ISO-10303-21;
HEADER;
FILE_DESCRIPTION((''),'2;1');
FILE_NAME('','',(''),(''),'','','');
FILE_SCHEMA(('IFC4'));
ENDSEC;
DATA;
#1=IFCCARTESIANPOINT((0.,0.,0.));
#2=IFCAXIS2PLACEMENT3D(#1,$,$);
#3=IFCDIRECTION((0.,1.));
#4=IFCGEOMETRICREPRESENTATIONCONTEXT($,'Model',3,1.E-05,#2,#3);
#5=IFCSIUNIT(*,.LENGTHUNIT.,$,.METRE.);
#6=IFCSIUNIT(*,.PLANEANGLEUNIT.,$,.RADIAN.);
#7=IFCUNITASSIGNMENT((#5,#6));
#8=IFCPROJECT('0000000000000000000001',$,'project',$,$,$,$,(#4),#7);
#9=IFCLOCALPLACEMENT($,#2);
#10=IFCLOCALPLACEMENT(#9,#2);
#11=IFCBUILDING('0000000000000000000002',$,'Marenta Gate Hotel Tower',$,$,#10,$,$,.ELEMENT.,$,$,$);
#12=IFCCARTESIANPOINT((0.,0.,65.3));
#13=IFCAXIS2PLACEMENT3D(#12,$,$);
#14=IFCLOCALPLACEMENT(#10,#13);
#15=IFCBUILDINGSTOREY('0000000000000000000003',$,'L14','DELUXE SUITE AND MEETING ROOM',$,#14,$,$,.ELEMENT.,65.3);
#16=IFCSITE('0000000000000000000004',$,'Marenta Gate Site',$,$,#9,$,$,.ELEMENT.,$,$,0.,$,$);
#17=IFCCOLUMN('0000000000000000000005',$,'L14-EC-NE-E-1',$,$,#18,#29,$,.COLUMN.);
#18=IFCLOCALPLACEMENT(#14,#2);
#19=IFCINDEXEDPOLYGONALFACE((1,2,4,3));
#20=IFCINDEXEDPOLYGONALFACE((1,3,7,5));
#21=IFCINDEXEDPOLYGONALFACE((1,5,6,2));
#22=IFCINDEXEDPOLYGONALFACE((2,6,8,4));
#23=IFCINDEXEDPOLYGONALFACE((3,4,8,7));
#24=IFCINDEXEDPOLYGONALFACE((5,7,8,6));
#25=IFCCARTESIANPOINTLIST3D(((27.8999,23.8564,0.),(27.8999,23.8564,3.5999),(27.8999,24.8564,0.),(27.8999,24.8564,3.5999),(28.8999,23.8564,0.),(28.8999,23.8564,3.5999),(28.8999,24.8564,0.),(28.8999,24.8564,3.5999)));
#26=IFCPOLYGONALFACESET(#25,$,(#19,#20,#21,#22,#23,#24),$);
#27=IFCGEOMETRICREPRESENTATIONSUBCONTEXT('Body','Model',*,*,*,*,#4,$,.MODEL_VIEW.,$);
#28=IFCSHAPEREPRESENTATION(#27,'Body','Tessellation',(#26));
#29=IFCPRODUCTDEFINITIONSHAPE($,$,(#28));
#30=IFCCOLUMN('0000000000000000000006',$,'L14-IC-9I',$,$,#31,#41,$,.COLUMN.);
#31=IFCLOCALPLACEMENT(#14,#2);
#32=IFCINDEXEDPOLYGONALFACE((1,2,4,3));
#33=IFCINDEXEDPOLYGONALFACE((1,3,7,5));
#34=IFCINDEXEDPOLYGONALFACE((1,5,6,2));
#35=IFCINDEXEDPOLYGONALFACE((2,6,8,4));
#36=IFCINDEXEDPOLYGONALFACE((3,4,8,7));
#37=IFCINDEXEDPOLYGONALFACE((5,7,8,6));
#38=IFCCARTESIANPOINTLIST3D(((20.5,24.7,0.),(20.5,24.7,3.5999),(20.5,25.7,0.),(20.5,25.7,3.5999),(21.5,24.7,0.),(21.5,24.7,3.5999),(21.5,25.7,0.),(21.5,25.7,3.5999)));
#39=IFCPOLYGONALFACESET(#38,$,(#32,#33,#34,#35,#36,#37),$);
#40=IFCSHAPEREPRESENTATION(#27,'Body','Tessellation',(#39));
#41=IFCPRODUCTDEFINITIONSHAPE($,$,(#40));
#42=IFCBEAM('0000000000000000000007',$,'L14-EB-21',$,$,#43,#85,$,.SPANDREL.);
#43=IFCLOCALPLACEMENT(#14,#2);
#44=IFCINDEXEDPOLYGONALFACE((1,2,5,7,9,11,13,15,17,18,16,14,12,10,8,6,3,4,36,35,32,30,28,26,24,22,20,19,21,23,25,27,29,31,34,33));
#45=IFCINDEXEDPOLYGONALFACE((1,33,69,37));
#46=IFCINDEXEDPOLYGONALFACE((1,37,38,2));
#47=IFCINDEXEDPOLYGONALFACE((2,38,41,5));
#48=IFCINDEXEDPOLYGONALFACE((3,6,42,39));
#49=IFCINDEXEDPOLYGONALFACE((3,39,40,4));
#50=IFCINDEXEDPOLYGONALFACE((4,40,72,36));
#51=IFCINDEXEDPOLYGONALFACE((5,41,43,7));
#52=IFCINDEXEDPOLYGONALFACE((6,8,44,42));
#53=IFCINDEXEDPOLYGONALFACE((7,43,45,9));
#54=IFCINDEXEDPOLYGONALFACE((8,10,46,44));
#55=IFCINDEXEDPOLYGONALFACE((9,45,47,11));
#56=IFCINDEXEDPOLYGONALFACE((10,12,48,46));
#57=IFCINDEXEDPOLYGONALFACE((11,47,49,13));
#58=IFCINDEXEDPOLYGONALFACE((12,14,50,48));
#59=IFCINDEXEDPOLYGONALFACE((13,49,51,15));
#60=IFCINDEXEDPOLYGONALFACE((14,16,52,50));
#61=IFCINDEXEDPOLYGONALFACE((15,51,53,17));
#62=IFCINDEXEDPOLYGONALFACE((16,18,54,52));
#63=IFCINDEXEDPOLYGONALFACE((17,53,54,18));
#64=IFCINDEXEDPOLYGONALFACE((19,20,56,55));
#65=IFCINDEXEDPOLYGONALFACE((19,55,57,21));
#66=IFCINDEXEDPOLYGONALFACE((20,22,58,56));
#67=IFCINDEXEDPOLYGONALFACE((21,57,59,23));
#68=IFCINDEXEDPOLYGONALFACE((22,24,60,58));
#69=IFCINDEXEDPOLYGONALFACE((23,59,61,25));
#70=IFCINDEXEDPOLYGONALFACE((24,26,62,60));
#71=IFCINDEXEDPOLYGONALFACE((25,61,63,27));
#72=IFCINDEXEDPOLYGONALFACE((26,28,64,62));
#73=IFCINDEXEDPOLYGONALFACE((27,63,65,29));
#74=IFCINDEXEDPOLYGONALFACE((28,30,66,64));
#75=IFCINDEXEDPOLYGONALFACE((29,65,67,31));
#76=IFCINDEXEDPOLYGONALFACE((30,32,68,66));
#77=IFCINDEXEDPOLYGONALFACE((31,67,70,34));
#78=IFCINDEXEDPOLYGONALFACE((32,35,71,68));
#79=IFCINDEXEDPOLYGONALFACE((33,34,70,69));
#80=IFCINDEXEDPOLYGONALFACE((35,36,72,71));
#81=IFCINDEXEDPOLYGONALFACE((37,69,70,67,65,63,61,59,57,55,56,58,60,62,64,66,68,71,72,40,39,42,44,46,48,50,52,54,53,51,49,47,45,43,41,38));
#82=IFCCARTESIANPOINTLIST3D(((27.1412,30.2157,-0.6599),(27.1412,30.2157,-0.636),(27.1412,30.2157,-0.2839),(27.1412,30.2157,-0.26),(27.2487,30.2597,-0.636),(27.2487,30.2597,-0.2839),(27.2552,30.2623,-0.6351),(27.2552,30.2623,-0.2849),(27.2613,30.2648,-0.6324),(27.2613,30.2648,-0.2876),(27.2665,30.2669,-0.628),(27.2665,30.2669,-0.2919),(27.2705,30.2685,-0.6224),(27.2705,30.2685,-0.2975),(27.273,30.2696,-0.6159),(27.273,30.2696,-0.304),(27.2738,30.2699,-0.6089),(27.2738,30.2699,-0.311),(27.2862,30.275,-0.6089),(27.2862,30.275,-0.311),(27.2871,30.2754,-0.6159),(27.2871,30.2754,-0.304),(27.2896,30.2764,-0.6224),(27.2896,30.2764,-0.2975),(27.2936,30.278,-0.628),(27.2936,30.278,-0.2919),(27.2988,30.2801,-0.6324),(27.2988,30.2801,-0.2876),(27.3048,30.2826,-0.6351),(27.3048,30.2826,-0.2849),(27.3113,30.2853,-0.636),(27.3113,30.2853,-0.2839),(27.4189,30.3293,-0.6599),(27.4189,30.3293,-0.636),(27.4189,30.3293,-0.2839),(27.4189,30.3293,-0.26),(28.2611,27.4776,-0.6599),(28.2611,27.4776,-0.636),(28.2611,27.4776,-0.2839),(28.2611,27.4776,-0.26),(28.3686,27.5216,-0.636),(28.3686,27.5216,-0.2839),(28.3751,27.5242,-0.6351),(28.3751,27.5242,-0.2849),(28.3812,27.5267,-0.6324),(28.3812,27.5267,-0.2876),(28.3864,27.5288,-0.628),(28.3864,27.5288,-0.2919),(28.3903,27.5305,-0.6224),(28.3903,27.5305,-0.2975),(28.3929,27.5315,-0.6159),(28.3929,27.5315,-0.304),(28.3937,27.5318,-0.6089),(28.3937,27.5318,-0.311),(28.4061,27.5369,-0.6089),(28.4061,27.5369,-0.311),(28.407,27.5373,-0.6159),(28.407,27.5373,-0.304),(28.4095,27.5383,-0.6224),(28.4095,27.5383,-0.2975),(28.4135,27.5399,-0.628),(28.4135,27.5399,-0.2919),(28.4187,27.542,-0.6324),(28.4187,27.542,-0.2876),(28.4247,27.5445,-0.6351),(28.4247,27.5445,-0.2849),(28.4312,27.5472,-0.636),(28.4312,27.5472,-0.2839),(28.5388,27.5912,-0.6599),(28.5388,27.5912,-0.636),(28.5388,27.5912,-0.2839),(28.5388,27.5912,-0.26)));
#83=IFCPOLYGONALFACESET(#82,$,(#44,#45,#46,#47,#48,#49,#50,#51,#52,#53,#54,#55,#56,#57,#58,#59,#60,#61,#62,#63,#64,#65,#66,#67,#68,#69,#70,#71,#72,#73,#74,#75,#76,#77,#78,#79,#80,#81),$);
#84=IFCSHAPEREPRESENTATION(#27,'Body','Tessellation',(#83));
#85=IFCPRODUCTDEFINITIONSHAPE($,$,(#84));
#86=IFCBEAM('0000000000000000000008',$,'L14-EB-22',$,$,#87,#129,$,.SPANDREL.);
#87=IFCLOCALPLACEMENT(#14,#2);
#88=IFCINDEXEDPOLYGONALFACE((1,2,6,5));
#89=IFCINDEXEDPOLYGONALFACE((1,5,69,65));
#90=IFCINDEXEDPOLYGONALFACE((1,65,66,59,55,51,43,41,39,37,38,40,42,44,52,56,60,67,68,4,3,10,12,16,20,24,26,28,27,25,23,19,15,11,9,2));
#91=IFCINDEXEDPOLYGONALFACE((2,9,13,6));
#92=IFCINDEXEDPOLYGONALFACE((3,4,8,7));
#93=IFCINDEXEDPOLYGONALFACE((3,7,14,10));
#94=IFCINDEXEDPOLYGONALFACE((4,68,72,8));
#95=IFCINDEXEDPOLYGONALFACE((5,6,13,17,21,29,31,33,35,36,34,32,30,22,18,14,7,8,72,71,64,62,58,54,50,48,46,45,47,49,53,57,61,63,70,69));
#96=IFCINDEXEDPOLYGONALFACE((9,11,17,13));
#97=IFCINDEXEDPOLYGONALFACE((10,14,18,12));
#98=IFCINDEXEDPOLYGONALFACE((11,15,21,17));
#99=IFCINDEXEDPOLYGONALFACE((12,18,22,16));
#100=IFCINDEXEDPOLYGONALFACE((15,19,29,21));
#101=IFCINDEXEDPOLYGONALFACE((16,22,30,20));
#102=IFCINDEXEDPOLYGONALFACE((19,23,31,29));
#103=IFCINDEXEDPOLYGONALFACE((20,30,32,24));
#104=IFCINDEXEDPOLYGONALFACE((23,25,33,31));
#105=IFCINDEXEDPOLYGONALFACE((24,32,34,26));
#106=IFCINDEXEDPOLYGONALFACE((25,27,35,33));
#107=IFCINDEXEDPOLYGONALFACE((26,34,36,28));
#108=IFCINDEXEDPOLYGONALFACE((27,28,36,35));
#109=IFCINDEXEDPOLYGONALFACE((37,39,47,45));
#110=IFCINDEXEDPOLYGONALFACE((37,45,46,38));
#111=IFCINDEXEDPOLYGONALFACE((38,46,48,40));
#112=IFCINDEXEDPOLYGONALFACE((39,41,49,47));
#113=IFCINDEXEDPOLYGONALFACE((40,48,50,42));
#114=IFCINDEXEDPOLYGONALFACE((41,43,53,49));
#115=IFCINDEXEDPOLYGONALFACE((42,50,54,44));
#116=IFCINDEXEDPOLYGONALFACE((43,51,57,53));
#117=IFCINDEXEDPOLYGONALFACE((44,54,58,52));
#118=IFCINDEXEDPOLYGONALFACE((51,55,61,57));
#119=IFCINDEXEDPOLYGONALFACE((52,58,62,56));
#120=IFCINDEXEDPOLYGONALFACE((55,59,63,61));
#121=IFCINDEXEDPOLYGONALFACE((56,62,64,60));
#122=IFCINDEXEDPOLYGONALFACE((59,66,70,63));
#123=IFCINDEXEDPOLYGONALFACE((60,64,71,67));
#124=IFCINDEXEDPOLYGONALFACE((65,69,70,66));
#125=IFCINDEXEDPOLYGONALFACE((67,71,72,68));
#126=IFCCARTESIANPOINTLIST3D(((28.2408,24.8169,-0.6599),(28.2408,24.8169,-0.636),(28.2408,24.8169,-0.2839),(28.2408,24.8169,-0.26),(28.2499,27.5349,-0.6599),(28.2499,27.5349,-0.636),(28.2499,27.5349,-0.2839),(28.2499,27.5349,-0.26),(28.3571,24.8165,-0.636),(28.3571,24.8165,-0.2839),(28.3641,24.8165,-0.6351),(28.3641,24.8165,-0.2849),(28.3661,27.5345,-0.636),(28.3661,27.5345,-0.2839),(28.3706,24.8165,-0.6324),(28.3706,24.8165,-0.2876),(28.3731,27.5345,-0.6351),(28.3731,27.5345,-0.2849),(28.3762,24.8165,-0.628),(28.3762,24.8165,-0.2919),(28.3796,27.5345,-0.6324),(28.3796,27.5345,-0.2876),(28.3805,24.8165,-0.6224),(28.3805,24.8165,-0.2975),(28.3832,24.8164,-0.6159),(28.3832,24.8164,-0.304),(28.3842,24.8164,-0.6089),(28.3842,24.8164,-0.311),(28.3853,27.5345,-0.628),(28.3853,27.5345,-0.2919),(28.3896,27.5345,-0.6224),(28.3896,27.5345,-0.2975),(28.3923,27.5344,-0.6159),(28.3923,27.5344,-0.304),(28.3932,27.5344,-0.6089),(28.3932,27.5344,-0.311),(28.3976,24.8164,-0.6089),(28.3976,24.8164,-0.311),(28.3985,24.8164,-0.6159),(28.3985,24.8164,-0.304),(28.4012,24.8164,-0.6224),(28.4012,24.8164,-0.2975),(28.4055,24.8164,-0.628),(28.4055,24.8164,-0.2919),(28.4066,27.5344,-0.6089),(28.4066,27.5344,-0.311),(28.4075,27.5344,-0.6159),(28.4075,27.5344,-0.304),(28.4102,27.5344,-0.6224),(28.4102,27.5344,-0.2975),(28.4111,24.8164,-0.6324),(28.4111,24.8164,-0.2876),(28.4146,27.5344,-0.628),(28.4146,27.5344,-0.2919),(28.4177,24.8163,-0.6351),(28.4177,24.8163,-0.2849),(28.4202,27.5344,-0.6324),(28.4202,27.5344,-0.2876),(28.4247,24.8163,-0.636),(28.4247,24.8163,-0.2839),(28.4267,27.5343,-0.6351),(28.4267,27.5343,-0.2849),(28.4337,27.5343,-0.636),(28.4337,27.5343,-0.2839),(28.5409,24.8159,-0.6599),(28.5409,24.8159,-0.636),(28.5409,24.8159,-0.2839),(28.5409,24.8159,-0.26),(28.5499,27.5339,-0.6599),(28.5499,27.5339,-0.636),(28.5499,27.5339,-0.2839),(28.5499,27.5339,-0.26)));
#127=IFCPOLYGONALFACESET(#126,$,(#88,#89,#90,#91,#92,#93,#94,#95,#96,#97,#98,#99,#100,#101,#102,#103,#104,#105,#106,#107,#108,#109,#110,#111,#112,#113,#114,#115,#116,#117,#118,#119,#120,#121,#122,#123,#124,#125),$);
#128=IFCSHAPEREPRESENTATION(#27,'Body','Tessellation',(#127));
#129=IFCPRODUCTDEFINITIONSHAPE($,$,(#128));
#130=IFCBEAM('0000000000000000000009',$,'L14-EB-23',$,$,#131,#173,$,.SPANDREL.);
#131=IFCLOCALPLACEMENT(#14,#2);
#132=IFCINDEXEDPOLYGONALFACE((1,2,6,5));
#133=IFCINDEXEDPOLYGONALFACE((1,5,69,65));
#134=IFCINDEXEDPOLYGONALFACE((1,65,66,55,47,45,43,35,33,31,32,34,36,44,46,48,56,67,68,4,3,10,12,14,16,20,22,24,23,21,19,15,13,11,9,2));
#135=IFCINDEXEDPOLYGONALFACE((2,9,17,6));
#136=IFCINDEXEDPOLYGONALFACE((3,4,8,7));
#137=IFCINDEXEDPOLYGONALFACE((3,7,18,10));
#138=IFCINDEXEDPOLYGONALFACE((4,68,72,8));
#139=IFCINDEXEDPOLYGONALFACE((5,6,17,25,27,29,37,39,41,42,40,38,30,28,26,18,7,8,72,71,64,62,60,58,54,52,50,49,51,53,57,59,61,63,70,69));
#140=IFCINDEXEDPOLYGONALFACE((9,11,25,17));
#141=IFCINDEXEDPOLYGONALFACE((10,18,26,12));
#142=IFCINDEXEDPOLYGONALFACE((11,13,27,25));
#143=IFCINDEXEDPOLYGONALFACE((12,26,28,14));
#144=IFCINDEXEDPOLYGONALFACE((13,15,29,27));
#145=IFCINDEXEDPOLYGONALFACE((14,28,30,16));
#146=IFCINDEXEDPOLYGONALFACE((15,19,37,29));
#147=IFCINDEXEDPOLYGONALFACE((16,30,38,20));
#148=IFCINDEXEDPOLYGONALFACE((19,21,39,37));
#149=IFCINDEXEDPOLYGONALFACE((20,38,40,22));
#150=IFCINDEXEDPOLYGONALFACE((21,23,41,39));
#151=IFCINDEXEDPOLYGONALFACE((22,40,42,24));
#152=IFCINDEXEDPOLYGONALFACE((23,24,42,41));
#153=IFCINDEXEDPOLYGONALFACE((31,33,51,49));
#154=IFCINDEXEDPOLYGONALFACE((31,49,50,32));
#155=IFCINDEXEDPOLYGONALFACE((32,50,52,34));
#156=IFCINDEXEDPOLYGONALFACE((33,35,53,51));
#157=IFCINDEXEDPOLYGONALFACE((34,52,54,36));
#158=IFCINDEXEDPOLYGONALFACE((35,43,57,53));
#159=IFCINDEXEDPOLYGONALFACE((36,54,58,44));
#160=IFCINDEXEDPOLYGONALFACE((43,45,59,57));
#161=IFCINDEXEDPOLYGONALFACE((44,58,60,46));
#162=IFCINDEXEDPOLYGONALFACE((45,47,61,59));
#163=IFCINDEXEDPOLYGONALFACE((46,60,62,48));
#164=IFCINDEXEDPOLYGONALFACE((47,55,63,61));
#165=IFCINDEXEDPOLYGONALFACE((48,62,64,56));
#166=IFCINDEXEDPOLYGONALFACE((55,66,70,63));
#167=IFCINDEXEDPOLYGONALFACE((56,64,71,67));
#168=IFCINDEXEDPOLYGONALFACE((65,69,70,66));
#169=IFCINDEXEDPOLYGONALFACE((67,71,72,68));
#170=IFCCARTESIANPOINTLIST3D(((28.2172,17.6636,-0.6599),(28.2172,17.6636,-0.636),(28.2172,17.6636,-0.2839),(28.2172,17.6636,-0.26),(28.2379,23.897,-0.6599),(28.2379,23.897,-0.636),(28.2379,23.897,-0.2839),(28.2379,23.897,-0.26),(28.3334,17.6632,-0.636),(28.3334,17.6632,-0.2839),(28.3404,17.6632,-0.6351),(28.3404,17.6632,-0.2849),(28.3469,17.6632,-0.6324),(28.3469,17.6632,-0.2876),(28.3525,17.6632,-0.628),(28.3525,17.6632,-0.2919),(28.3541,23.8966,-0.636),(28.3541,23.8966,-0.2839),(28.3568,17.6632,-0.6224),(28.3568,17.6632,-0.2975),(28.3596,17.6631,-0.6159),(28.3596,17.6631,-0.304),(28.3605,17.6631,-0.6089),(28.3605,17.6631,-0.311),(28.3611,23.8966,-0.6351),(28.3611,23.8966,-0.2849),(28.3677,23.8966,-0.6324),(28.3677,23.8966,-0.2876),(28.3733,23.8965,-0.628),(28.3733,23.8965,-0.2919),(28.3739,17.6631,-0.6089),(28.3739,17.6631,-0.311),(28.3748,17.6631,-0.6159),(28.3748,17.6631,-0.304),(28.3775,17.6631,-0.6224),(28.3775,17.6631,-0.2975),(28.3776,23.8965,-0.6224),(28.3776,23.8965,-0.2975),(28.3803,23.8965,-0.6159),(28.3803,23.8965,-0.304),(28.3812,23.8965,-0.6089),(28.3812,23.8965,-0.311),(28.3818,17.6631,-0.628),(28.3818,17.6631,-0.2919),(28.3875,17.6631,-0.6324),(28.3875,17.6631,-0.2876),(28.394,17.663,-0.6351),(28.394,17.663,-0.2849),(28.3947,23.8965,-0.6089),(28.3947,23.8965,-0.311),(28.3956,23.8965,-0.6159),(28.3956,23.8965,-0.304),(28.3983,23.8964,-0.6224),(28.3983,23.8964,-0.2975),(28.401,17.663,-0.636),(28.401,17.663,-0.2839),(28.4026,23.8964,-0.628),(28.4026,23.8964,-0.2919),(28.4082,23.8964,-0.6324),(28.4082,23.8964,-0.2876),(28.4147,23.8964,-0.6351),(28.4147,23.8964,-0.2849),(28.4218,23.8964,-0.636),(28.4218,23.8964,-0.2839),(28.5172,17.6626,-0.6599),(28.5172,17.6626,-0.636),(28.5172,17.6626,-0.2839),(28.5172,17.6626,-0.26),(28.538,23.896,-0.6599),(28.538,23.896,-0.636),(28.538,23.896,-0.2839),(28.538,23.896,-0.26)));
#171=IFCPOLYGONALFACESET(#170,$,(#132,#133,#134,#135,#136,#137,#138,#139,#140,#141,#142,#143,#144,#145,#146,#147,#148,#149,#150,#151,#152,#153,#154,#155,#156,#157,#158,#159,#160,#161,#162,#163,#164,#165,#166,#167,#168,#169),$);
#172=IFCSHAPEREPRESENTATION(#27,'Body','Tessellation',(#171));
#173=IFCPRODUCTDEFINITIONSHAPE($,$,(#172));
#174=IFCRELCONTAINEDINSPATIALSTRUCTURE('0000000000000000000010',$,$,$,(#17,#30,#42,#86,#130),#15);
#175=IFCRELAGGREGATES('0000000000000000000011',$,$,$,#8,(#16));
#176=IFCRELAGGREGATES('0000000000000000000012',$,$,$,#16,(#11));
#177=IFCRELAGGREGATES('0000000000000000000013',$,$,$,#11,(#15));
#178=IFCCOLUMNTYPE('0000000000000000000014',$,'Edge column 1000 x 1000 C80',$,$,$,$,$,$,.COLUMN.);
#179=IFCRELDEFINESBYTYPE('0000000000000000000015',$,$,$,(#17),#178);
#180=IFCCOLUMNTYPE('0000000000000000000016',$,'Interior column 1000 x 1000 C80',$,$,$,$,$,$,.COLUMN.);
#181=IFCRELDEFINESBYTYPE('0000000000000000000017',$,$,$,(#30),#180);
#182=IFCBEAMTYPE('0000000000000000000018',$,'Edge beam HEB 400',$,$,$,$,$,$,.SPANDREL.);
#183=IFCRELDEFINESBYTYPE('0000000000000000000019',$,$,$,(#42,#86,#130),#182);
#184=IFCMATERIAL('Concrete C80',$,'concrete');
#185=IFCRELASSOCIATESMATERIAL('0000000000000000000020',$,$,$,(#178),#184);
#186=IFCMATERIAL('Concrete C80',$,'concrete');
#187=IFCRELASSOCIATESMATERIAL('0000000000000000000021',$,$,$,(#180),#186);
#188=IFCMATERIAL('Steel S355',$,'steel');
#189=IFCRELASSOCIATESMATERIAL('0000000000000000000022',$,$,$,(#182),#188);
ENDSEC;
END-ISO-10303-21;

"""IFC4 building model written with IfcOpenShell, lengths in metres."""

from ifc_helpers import new_model, si_unit, direction, frame, origin, origin_2d, place, context, subcontext, project, spatial, rectangle, i_section, extrude, material, material_profile, profile_set, type_object, element, save


model = new_model("IFC4")

# Units and contexts
model_context = context("Model", 3, precision=1e-05, world=origin(), true_north=direction((0.0, 1.0)))
body_context = subcontext(model_context, "Body", "Model", "MODEL_VIEW")
ifc_project = project(units=[si_unit("LENGTHUNIT", "METRE"), si_unit("PLANEANGLEUNIT", "RADIAN")], contexts=[model_context])

# Site, building, storey
site_placement = place(None, origin())
site = spatial("IfcSite", under=ifc_project, at=site_placement, Name="Marenta Gate Site", CompositionType="ELEMENT", RefElevation=0.0)
building_placement = place(site_placement, origin())
building = spatial("IfcBuilding", under=site, at=building_placement, Name="Marenta Gate Hotel Tower", CompositionType="ELEMENT")
storey_placement = place(building_placement, frame((0.0, 0.0, 65.3)))
storey = spatial("IfcBuildingStorey", under=building, at=storey_placement, Name="L14", Description="DELUXE SUITE AND MEETING ROOM", CompositionType="ELEMENT", Elevation=65.3)

# Columns
ifc_material_1 = material(Name="Concrete C80", Category="concrete")
ifc_material_profile_1 = material_profile(ifc_material_1, rectangle(XDim=1.0, YDim=1.0, at=origin_2d()), Name="1000 x 1000")
ifc_profile_set_1 = profile_set([ifc_material_profile_1], Name="Concrete C80")
column_type_1 = type_object("IfcColumnType", Name="Edge column 1000 x 1000 C80", PredefinedType="COLUMN", material=ifc_profile_set_1)
column_1_placement = place(storey_placement, frame((28.3999, 24.3564, 0.0), z_axis=(0.0, 0.0, 1.0), x_axis=(1.0, 0.0, 0.0)))
element("IfcColumn", 1, at=column_1_placement, inside=storey, type_object=column_type_1, Name="L14-EC-NE-E-1", PredefinedType="COLUMN", context=body_context, shape_type="SweptSolid", body=[
    extrude(rectangle(XDim=1.0, YDim=1.0, at=origin_2d()), origin(), (0.0, 0.0, 1.0), 3.5999),
])
ifc_material_2 = material(Name="Concrete C80", Category="concrete")
ifc_material_profile_2 = material_profile(ifc_material_2, rectangle(XDim=1.0, YDim=1.0, at=origin_2d()), Name="1000 x 1000")
ifc_profile_set_2 = profile_set([ifc_material_profile_2], Name="Concrete C80")
column_type_2 = type_object("IfcColumnType", Name="Interior column 1000 x 1000 C80", PredefinedType="COLUMN", material=ifc_profile_set_2)
column_2_placement = place(storey_placement, frame((21.0, 25.2, 0.0), z_axis=(0.0, 0.0, 1.0), x_axis=(1.0, 0.0, 0.0)))
element("IfcColumn", 2, at=column_2_placement, inside=storey, type_object=column_type_2, Name="L14-IC-9I", PredefinedType="COLUMN", context=body_context, shape_type="SweptSolid", body=[
    extrude(rectangle(XDim=1.0, YDim=1.0, at=origin_2d()), origin(), (0.0, 0.0, 1.0), 3.5999),
])

# Beams
ifc_material_3 = material(Name="Steel S355", Category="steel")
ifc_material_profile_3 = material_profile(ifc_material_3, i_section(OverallWidth=0.3, OverallDepth=0.3999, WebThickness=0.0134, FlangeThickness=0.0239, FilletRadius=0.0271, at=origin_2d()), Name="HEB 400")
ifc_profile_set_3 = profile_set([ifc_material_profile_3], Name="Steel S355")
beam_type_1 = type_object("IfcBeamType", Name="Edge beam HEB 400", PredefinedType="SPANDREL", material=ifc_profile_set_3)
beam_1_placement = place(storey_placement, frame((27.28, 30.2725, -0.46), z_axis=(0.378565, -0.925575, 0.0), x_axis=(0.925575, 0.378565, 0.0)))
element("IfcBeam", 3, at=beam_1_placement, inside=storey, type_object=beam_type_1, Name="L14-EB-21", PredefinedType="SPANDREL", context=body_context, shape_type="SweptSolid", body=[
    extrude(i_section(OverallWidth=0.3, OverallDepth=0.3999, WebThickness=0.0134, FlangeThickness=0.0239, FilletRadius=0.0271, at=origin_2d()), origin(), (0.0, 0.0, 1.0), 2.9583),
])
beam_2_placement = place(storey_placement, frame((28.3999, 27.5344, -0.46), z_axis=(-0.003323, -0.999994, 0.0), x_axis=(0.999994, -0.003323, 0.0)))
element("IfcBeam", 4, at=beam_2_placement, inside=storey, type_object=beam_type_1, Name="L14-EB-22", PredefinedType="SPANDREL", context=body_context, shape_type="SweptSolid", body=[
    extrude(i_section(OverallWidth=0.3, OverallDepth=0.3999, WebThickness=0.0134, FlangeThickness=0.0239, FilletRadius=0.0271, at=origin_2d()), origin(), (0.0, 0.0, 1.0), 2.718),
])
beam_3_placement = place(storey_placement, frame((28.3879, 23.8965, -0.46), z_axis=(-0.003329, -0.999994, 0.0), x_axis=(0.999994, -0.003329, 0.0)))
element("IfcBeam", 5, at=beam_3_placement, inside=storey, type_object=beam_type_1, Name="L14-EB-23", PredefinedType="SPANDREL", context=body_context, shape_type="SweptSolid", body=[
    extrude(i_section(OverallWidth=0.3, OverallDepth=0.3999, WebThickness=0.0134, FlangeThickness=0.0239, FilletRadius=0.0271, at=origin_2d()), origin(), (0.0, 0.0, 1.0), 6.2334),
])

save(model, "model.ifc")
